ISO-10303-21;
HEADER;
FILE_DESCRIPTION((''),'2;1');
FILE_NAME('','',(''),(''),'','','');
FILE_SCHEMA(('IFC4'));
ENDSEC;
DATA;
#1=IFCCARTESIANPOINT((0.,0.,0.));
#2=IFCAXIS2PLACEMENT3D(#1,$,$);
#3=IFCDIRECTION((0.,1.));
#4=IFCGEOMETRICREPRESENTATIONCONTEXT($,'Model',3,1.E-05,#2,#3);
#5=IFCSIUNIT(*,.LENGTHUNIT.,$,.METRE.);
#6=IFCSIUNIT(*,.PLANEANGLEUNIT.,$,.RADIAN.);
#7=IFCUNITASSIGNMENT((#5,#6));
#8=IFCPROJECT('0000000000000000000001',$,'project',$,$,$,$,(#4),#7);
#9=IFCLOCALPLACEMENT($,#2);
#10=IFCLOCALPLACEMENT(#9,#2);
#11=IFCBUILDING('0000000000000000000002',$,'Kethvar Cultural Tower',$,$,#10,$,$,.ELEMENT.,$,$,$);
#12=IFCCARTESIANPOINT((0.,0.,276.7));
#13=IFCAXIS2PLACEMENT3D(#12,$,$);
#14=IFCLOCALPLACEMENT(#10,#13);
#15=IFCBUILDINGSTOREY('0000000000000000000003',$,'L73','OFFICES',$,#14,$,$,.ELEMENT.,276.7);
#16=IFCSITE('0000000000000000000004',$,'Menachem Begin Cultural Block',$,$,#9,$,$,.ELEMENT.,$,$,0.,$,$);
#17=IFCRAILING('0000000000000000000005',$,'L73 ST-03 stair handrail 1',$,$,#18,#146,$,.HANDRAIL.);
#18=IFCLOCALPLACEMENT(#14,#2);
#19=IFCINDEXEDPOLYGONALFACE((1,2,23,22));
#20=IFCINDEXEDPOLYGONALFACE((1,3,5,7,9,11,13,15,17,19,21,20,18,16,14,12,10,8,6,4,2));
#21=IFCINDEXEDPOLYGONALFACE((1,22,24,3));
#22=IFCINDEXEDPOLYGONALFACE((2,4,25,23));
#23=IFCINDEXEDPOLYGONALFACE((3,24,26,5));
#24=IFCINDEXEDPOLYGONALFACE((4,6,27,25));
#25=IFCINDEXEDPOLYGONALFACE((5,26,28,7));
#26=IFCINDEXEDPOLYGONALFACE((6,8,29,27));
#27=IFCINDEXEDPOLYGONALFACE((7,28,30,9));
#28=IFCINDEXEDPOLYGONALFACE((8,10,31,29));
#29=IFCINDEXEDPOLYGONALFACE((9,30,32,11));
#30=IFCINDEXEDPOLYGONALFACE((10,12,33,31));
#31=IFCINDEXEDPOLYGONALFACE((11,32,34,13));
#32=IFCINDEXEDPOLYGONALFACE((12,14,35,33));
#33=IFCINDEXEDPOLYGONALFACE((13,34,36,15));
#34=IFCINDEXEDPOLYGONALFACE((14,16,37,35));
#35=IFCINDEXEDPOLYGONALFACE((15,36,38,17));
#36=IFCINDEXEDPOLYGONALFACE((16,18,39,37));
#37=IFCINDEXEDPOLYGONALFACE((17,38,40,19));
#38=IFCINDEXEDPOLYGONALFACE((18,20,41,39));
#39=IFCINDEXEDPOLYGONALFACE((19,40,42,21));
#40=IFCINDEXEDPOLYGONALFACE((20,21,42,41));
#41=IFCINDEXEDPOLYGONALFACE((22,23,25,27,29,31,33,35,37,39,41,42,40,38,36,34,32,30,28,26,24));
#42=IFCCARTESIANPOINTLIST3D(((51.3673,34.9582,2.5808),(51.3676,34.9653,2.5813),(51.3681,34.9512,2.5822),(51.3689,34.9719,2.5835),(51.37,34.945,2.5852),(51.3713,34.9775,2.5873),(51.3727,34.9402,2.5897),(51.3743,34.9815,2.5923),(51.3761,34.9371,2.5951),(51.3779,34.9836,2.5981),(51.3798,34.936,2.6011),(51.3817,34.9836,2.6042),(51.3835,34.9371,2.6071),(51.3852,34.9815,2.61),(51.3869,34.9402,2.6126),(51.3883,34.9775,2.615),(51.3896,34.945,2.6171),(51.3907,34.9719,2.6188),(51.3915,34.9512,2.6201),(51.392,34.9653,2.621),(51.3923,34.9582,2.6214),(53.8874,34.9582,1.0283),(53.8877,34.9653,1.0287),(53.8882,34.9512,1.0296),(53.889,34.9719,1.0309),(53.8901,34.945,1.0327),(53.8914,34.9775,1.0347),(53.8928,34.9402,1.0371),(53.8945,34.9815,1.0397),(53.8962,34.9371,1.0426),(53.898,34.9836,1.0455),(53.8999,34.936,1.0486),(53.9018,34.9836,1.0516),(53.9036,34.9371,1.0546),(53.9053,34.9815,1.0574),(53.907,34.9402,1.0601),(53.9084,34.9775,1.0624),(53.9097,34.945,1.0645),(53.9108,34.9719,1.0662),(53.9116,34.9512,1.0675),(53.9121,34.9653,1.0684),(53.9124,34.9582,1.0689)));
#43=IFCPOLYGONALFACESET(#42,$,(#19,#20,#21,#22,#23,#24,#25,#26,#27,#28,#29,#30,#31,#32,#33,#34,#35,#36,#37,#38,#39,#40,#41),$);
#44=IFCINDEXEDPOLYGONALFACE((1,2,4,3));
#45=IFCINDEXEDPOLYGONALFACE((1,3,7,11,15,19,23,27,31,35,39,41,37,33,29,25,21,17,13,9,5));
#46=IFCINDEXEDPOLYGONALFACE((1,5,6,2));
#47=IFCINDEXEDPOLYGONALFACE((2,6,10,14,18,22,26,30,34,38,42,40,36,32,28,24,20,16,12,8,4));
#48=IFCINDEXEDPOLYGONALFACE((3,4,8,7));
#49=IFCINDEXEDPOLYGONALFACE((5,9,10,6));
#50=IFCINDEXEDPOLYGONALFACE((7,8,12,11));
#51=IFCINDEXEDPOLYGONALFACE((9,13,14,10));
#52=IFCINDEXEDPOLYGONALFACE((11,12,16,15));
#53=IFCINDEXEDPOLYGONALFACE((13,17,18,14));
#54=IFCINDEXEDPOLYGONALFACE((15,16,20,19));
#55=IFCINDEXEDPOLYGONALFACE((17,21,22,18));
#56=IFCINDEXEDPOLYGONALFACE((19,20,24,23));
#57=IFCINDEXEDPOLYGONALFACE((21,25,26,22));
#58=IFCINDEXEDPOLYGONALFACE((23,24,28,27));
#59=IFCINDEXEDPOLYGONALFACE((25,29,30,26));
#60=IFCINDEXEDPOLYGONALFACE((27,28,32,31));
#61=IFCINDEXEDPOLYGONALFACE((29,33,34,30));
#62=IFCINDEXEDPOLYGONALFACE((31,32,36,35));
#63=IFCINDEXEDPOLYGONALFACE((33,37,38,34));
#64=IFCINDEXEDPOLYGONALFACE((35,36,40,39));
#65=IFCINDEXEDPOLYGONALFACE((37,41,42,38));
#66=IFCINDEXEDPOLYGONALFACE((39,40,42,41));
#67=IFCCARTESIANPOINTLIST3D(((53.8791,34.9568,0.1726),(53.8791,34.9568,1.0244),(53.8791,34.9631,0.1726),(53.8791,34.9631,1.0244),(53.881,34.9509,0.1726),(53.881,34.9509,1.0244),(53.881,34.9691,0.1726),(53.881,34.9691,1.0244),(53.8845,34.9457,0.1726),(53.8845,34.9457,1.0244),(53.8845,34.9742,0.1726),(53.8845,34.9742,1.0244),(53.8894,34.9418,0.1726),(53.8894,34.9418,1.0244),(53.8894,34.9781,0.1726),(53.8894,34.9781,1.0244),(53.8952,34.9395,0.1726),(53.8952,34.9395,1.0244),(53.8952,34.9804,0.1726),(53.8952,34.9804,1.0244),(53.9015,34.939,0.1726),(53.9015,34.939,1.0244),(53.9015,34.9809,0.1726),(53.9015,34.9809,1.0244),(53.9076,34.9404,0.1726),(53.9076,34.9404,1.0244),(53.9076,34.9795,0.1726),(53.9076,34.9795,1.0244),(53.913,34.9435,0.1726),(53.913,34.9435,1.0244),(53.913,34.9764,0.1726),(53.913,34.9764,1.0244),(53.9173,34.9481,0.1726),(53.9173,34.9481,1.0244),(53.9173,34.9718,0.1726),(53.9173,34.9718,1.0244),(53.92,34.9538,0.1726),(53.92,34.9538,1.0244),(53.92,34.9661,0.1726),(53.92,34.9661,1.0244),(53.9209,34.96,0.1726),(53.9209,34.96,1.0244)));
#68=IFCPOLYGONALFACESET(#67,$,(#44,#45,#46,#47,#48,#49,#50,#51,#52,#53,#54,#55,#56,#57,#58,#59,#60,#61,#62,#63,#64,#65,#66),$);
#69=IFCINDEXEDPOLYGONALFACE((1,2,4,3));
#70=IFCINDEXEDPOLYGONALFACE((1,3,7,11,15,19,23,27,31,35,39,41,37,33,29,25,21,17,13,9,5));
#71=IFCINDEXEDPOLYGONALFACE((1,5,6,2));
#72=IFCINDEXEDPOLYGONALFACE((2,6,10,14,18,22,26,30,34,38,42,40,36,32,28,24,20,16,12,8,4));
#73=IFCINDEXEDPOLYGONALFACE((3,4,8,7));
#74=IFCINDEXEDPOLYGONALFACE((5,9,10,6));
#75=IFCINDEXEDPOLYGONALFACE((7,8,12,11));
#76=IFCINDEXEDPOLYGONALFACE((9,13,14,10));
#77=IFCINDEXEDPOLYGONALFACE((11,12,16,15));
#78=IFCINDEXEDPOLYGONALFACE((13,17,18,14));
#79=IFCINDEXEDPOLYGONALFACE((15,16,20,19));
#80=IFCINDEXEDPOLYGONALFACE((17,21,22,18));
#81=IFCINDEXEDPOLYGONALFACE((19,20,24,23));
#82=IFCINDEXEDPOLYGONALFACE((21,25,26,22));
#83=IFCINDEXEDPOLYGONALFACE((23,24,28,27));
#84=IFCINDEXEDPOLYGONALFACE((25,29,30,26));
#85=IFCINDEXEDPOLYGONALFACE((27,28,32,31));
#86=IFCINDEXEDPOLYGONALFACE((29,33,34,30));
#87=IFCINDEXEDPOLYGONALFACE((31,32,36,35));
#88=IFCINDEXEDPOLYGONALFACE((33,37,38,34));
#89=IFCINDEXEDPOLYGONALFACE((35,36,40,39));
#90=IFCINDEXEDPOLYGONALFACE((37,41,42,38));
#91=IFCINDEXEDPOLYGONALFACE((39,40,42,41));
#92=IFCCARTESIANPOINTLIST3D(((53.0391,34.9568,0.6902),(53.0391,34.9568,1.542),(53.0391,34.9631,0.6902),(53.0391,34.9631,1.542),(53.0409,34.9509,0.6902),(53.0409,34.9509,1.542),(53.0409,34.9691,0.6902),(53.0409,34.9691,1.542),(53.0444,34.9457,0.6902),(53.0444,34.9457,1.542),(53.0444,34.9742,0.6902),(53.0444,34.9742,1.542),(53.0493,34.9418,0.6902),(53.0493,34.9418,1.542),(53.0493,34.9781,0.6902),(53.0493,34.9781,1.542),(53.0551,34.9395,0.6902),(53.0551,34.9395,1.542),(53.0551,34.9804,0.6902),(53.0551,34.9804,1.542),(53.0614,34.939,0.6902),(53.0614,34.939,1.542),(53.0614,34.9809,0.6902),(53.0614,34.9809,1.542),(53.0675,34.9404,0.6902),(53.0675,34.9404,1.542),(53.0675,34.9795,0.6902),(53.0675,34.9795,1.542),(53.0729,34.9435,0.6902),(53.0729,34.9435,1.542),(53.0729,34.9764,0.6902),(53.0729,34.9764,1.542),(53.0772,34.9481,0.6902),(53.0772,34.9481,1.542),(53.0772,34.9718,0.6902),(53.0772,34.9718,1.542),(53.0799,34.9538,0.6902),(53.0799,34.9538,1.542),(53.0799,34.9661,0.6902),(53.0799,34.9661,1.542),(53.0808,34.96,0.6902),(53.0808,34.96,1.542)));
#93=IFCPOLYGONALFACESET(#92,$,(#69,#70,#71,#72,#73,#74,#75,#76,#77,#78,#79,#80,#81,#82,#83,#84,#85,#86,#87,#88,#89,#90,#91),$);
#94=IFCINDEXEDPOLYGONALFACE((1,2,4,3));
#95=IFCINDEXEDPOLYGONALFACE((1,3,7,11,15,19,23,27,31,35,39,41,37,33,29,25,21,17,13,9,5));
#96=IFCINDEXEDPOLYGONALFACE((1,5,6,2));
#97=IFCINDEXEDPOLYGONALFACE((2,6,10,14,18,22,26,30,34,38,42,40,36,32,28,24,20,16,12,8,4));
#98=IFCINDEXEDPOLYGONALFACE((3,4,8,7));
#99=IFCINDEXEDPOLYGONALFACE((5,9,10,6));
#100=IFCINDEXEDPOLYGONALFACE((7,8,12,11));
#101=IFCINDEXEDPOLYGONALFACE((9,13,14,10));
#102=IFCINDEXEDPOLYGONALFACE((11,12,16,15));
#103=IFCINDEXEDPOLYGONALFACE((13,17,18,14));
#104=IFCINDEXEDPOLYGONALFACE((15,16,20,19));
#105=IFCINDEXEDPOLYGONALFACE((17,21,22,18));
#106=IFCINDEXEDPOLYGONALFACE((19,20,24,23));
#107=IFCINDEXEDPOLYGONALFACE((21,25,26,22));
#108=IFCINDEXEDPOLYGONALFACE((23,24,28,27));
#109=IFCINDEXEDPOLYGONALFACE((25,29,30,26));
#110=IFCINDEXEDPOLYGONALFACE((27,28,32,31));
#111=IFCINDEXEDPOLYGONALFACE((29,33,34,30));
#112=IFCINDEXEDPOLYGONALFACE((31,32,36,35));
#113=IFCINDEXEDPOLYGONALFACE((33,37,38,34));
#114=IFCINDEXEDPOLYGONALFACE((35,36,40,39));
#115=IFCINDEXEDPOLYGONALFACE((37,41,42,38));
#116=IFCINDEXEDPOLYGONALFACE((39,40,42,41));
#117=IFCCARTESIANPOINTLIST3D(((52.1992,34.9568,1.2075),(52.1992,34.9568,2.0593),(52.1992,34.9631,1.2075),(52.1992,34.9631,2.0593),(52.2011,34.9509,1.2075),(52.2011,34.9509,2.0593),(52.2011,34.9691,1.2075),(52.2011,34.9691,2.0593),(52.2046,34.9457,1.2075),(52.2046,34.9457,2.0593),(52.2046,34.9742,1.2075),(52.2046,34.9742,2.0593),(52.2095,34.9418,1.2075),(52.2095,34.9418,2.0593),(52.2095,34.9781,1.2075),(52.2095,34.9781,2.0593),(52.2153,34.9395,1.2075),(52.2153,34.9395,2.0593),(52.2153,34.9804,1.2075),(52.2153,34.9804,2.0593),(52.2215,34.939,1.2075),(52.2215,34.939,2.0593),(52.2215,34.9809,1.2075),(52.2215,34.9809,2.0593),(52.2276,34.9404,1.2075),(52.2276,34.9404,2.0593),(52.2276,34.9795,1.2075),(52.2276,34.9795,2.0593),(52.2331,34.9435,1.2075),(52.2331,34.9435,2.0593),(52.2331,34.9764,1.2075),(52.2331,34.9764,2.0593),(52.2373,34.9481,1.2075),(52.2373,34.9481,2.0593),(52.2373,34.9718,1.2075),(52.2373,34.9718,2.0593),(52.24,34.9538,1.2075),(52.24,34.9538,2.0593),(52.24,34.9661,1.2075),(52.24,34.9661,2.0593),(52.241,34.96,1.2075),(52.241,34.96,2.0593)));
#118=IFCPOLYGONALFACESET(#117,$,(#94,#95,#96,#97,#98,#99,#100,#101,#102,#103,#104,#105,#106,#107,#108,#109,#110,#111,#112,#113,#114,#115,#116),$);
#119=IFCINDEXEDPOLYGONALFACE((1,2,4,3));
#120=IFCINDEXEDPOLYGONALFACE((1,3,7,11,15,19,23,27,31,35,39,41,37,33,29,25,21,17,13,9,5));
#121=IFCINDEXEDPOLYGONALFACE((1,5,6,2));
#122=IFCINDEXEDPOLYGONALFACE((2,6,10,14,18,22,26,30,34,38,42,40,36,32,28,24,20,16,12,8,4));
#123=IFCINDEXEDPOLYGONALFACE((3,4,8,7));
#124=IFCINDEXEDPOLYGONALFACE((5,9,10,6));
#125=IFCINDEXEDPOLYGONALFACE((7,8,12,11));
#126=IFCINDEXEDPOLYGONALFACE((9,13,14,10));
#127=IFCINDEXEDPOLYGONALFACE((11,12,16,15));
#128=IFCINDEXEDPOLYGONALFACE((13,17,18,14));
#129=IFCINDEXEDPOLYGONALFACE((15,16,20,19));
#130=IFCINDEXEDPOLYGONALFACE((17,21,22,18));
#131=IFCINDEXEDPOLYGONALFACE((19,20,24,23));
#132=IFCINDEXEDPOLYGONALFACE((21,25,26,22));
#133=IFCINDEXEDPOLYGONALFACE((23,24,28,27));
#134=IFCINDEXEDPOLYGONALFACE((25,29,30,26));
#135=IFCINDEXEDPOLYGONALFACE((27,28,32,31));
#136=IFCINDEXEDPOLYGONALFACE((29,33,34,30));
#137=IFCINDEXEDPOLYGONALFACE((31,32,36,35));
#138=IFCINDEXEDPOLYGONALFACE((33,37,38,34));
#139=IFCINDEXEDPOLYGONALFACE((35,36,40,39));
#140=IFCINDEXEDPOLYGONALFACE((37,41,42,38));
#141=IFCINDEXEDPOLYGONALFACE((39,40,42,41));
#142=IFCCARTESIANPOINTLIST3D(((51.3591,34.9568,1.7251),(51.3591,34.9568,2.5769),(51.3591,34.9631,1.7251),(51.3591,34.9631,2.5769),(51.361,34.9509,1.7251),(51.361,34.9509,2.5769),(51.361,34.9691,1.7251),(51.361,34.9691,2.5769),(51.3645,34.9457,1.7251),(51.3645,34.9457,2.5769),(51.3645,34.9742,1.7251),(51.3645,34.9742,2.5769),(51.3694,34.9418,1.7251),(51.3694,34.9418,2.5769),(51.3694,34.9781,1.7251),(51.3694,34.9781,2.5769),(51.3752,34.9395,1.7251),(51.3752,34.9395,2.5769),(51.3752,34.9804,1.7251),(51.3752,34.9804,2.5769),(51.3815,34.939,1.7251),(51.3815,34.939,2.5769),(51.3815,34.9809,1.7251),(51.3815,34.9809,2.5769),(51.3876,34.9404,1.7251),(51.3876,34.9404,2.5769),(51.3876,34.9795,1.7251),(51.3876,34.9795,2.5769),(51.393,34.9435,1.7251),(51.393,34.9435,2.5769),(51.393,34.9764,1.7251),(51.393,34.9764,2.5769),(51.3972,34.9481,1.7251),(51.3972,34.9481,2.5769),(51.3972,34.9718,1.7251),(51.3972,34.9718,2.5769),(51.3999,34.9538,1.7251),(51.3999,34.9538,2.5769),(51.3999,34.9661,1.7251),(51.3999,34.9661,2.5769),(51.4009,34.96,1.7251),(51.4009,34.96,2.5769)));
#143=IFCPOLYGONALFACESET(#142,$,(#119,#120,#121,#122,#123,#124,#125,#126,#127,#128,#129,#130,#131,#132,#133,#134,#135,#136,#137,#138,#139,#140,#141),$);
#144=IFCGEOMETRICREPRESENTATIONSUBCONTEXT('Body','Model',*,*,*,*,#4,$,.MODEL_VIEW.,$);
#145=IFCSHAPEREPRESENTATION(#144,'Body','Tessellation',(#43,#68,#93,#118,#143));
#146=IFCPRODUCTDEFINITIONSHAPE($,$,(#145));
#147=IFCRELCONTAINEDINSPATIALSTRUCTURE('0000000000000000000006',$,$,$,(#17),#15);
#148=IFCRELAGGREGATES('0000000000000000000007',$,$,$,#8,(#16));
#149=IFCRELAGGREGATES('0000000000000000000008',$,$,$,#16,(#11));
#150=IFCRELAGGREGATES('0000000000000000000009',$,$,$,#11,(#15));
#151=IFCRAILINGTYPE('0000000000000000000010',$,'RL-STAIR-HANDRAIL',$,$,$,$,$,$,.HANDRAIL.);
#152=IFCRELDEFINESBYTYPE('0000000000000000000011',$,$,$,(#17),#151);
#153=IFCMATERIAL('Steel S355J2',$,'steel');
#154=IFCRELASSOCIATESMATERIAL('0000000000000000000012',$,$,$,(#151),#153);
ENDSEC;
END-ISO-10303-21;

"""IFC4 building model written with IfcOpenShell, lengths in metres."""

from ifc_helpers import new_model, si_unit, direction, frame, origin, origin_2d, place, context, subcontext, project, spatial, circle, extrude, material, type_object, element, save


model = new_model("IFC4")

# Units and contexts
model_context = context("Model", 3, precision=1e-05, world=origin(), true_north=direction((0.0, 1.0)))
body_context = subcontext(model_context, "Body", "Model", "MODEL_VIEW")
ifc_project = project(units=[si_unit("LENGTHUNIT", "METRE"), si_unit("PLANEANGLEUNIT", "RADIAN")], contexts=[model_context])

# Site, building, storey
site_placement = place(None, origin())
site = spatial("IfcSite", under=ifc_project, at=site_placement, Name="Menachem Begin Cultural Block", CompositionType="ELEMENT", RefElevation=0.0)
building_placement = place(site_placement, origin())
building = spatial("IfcBuilding", under=site, at=building_placement, Name="Kethvar Cultural Tower", CompositionType="ELEMENT")
storey_placement = place(building_placement, frame((0.0, 0.0, 276.7)))
storey = spatial("IfcBuildingStorey", under=building, at=storey_placement, Name="L73", Description="OFFICES", CompositionType="ELEMENT", Elevation=276.7)

# Shared definitions
ifc_material_1 = material(Name="Steel S355J2", Category="steel")

# Railing
railing_type_1 = type_object("IfcRailingType", Name="RL-STAIR-HANDRAIL", PredefinedType="HANDRAIL", material=ifc_material_1)
railing_1_placement = place(storey_placement, frame((53.8999, 34.96, 0.1726)))
element("IfcRailing", 1, at=railing_1_placement, inside=storey, type_object=railing_type_1, Name="L73 ST-03 stair handrail 1", PredefinedType="HANDRAIL", context=body_context, shape_type="SweptSolid", body=[
    extrude(circle(Radius=0.0239, at=origin_2d()), frame((0.0, 0.0, 0.876), z_axis=(-0.8514, 0.0, 0.524516), x_axis=(0.0, -1.0, 0.0)), (0.0, 0.0, 1.0), 2.96),
    extrude(circle(Radius=0.021, at=origin_2d()), origin(), (0.0, 0.0, 1.0), 0.8518),
    extrude(circle(Radius=0.021, at=origin_2d()), frame((-0.8401, 0.0, 0.5176)), (0.0, 0.0, 1.0), 0.8518),
    extrude(circle(Radius=0.021, at=origin_2d()), frame((-1.6799, 0.0, 1.0349)), (0.0, 0.0, 1.0), 0.8518),
    extrude(circle(Radius=0.021, at=origin_2d()), frame((-2.52, 0.0, 1.5525)), (0.0, 0.0, 1.0), 0.8518),
])

save(model, "model.ifc")
